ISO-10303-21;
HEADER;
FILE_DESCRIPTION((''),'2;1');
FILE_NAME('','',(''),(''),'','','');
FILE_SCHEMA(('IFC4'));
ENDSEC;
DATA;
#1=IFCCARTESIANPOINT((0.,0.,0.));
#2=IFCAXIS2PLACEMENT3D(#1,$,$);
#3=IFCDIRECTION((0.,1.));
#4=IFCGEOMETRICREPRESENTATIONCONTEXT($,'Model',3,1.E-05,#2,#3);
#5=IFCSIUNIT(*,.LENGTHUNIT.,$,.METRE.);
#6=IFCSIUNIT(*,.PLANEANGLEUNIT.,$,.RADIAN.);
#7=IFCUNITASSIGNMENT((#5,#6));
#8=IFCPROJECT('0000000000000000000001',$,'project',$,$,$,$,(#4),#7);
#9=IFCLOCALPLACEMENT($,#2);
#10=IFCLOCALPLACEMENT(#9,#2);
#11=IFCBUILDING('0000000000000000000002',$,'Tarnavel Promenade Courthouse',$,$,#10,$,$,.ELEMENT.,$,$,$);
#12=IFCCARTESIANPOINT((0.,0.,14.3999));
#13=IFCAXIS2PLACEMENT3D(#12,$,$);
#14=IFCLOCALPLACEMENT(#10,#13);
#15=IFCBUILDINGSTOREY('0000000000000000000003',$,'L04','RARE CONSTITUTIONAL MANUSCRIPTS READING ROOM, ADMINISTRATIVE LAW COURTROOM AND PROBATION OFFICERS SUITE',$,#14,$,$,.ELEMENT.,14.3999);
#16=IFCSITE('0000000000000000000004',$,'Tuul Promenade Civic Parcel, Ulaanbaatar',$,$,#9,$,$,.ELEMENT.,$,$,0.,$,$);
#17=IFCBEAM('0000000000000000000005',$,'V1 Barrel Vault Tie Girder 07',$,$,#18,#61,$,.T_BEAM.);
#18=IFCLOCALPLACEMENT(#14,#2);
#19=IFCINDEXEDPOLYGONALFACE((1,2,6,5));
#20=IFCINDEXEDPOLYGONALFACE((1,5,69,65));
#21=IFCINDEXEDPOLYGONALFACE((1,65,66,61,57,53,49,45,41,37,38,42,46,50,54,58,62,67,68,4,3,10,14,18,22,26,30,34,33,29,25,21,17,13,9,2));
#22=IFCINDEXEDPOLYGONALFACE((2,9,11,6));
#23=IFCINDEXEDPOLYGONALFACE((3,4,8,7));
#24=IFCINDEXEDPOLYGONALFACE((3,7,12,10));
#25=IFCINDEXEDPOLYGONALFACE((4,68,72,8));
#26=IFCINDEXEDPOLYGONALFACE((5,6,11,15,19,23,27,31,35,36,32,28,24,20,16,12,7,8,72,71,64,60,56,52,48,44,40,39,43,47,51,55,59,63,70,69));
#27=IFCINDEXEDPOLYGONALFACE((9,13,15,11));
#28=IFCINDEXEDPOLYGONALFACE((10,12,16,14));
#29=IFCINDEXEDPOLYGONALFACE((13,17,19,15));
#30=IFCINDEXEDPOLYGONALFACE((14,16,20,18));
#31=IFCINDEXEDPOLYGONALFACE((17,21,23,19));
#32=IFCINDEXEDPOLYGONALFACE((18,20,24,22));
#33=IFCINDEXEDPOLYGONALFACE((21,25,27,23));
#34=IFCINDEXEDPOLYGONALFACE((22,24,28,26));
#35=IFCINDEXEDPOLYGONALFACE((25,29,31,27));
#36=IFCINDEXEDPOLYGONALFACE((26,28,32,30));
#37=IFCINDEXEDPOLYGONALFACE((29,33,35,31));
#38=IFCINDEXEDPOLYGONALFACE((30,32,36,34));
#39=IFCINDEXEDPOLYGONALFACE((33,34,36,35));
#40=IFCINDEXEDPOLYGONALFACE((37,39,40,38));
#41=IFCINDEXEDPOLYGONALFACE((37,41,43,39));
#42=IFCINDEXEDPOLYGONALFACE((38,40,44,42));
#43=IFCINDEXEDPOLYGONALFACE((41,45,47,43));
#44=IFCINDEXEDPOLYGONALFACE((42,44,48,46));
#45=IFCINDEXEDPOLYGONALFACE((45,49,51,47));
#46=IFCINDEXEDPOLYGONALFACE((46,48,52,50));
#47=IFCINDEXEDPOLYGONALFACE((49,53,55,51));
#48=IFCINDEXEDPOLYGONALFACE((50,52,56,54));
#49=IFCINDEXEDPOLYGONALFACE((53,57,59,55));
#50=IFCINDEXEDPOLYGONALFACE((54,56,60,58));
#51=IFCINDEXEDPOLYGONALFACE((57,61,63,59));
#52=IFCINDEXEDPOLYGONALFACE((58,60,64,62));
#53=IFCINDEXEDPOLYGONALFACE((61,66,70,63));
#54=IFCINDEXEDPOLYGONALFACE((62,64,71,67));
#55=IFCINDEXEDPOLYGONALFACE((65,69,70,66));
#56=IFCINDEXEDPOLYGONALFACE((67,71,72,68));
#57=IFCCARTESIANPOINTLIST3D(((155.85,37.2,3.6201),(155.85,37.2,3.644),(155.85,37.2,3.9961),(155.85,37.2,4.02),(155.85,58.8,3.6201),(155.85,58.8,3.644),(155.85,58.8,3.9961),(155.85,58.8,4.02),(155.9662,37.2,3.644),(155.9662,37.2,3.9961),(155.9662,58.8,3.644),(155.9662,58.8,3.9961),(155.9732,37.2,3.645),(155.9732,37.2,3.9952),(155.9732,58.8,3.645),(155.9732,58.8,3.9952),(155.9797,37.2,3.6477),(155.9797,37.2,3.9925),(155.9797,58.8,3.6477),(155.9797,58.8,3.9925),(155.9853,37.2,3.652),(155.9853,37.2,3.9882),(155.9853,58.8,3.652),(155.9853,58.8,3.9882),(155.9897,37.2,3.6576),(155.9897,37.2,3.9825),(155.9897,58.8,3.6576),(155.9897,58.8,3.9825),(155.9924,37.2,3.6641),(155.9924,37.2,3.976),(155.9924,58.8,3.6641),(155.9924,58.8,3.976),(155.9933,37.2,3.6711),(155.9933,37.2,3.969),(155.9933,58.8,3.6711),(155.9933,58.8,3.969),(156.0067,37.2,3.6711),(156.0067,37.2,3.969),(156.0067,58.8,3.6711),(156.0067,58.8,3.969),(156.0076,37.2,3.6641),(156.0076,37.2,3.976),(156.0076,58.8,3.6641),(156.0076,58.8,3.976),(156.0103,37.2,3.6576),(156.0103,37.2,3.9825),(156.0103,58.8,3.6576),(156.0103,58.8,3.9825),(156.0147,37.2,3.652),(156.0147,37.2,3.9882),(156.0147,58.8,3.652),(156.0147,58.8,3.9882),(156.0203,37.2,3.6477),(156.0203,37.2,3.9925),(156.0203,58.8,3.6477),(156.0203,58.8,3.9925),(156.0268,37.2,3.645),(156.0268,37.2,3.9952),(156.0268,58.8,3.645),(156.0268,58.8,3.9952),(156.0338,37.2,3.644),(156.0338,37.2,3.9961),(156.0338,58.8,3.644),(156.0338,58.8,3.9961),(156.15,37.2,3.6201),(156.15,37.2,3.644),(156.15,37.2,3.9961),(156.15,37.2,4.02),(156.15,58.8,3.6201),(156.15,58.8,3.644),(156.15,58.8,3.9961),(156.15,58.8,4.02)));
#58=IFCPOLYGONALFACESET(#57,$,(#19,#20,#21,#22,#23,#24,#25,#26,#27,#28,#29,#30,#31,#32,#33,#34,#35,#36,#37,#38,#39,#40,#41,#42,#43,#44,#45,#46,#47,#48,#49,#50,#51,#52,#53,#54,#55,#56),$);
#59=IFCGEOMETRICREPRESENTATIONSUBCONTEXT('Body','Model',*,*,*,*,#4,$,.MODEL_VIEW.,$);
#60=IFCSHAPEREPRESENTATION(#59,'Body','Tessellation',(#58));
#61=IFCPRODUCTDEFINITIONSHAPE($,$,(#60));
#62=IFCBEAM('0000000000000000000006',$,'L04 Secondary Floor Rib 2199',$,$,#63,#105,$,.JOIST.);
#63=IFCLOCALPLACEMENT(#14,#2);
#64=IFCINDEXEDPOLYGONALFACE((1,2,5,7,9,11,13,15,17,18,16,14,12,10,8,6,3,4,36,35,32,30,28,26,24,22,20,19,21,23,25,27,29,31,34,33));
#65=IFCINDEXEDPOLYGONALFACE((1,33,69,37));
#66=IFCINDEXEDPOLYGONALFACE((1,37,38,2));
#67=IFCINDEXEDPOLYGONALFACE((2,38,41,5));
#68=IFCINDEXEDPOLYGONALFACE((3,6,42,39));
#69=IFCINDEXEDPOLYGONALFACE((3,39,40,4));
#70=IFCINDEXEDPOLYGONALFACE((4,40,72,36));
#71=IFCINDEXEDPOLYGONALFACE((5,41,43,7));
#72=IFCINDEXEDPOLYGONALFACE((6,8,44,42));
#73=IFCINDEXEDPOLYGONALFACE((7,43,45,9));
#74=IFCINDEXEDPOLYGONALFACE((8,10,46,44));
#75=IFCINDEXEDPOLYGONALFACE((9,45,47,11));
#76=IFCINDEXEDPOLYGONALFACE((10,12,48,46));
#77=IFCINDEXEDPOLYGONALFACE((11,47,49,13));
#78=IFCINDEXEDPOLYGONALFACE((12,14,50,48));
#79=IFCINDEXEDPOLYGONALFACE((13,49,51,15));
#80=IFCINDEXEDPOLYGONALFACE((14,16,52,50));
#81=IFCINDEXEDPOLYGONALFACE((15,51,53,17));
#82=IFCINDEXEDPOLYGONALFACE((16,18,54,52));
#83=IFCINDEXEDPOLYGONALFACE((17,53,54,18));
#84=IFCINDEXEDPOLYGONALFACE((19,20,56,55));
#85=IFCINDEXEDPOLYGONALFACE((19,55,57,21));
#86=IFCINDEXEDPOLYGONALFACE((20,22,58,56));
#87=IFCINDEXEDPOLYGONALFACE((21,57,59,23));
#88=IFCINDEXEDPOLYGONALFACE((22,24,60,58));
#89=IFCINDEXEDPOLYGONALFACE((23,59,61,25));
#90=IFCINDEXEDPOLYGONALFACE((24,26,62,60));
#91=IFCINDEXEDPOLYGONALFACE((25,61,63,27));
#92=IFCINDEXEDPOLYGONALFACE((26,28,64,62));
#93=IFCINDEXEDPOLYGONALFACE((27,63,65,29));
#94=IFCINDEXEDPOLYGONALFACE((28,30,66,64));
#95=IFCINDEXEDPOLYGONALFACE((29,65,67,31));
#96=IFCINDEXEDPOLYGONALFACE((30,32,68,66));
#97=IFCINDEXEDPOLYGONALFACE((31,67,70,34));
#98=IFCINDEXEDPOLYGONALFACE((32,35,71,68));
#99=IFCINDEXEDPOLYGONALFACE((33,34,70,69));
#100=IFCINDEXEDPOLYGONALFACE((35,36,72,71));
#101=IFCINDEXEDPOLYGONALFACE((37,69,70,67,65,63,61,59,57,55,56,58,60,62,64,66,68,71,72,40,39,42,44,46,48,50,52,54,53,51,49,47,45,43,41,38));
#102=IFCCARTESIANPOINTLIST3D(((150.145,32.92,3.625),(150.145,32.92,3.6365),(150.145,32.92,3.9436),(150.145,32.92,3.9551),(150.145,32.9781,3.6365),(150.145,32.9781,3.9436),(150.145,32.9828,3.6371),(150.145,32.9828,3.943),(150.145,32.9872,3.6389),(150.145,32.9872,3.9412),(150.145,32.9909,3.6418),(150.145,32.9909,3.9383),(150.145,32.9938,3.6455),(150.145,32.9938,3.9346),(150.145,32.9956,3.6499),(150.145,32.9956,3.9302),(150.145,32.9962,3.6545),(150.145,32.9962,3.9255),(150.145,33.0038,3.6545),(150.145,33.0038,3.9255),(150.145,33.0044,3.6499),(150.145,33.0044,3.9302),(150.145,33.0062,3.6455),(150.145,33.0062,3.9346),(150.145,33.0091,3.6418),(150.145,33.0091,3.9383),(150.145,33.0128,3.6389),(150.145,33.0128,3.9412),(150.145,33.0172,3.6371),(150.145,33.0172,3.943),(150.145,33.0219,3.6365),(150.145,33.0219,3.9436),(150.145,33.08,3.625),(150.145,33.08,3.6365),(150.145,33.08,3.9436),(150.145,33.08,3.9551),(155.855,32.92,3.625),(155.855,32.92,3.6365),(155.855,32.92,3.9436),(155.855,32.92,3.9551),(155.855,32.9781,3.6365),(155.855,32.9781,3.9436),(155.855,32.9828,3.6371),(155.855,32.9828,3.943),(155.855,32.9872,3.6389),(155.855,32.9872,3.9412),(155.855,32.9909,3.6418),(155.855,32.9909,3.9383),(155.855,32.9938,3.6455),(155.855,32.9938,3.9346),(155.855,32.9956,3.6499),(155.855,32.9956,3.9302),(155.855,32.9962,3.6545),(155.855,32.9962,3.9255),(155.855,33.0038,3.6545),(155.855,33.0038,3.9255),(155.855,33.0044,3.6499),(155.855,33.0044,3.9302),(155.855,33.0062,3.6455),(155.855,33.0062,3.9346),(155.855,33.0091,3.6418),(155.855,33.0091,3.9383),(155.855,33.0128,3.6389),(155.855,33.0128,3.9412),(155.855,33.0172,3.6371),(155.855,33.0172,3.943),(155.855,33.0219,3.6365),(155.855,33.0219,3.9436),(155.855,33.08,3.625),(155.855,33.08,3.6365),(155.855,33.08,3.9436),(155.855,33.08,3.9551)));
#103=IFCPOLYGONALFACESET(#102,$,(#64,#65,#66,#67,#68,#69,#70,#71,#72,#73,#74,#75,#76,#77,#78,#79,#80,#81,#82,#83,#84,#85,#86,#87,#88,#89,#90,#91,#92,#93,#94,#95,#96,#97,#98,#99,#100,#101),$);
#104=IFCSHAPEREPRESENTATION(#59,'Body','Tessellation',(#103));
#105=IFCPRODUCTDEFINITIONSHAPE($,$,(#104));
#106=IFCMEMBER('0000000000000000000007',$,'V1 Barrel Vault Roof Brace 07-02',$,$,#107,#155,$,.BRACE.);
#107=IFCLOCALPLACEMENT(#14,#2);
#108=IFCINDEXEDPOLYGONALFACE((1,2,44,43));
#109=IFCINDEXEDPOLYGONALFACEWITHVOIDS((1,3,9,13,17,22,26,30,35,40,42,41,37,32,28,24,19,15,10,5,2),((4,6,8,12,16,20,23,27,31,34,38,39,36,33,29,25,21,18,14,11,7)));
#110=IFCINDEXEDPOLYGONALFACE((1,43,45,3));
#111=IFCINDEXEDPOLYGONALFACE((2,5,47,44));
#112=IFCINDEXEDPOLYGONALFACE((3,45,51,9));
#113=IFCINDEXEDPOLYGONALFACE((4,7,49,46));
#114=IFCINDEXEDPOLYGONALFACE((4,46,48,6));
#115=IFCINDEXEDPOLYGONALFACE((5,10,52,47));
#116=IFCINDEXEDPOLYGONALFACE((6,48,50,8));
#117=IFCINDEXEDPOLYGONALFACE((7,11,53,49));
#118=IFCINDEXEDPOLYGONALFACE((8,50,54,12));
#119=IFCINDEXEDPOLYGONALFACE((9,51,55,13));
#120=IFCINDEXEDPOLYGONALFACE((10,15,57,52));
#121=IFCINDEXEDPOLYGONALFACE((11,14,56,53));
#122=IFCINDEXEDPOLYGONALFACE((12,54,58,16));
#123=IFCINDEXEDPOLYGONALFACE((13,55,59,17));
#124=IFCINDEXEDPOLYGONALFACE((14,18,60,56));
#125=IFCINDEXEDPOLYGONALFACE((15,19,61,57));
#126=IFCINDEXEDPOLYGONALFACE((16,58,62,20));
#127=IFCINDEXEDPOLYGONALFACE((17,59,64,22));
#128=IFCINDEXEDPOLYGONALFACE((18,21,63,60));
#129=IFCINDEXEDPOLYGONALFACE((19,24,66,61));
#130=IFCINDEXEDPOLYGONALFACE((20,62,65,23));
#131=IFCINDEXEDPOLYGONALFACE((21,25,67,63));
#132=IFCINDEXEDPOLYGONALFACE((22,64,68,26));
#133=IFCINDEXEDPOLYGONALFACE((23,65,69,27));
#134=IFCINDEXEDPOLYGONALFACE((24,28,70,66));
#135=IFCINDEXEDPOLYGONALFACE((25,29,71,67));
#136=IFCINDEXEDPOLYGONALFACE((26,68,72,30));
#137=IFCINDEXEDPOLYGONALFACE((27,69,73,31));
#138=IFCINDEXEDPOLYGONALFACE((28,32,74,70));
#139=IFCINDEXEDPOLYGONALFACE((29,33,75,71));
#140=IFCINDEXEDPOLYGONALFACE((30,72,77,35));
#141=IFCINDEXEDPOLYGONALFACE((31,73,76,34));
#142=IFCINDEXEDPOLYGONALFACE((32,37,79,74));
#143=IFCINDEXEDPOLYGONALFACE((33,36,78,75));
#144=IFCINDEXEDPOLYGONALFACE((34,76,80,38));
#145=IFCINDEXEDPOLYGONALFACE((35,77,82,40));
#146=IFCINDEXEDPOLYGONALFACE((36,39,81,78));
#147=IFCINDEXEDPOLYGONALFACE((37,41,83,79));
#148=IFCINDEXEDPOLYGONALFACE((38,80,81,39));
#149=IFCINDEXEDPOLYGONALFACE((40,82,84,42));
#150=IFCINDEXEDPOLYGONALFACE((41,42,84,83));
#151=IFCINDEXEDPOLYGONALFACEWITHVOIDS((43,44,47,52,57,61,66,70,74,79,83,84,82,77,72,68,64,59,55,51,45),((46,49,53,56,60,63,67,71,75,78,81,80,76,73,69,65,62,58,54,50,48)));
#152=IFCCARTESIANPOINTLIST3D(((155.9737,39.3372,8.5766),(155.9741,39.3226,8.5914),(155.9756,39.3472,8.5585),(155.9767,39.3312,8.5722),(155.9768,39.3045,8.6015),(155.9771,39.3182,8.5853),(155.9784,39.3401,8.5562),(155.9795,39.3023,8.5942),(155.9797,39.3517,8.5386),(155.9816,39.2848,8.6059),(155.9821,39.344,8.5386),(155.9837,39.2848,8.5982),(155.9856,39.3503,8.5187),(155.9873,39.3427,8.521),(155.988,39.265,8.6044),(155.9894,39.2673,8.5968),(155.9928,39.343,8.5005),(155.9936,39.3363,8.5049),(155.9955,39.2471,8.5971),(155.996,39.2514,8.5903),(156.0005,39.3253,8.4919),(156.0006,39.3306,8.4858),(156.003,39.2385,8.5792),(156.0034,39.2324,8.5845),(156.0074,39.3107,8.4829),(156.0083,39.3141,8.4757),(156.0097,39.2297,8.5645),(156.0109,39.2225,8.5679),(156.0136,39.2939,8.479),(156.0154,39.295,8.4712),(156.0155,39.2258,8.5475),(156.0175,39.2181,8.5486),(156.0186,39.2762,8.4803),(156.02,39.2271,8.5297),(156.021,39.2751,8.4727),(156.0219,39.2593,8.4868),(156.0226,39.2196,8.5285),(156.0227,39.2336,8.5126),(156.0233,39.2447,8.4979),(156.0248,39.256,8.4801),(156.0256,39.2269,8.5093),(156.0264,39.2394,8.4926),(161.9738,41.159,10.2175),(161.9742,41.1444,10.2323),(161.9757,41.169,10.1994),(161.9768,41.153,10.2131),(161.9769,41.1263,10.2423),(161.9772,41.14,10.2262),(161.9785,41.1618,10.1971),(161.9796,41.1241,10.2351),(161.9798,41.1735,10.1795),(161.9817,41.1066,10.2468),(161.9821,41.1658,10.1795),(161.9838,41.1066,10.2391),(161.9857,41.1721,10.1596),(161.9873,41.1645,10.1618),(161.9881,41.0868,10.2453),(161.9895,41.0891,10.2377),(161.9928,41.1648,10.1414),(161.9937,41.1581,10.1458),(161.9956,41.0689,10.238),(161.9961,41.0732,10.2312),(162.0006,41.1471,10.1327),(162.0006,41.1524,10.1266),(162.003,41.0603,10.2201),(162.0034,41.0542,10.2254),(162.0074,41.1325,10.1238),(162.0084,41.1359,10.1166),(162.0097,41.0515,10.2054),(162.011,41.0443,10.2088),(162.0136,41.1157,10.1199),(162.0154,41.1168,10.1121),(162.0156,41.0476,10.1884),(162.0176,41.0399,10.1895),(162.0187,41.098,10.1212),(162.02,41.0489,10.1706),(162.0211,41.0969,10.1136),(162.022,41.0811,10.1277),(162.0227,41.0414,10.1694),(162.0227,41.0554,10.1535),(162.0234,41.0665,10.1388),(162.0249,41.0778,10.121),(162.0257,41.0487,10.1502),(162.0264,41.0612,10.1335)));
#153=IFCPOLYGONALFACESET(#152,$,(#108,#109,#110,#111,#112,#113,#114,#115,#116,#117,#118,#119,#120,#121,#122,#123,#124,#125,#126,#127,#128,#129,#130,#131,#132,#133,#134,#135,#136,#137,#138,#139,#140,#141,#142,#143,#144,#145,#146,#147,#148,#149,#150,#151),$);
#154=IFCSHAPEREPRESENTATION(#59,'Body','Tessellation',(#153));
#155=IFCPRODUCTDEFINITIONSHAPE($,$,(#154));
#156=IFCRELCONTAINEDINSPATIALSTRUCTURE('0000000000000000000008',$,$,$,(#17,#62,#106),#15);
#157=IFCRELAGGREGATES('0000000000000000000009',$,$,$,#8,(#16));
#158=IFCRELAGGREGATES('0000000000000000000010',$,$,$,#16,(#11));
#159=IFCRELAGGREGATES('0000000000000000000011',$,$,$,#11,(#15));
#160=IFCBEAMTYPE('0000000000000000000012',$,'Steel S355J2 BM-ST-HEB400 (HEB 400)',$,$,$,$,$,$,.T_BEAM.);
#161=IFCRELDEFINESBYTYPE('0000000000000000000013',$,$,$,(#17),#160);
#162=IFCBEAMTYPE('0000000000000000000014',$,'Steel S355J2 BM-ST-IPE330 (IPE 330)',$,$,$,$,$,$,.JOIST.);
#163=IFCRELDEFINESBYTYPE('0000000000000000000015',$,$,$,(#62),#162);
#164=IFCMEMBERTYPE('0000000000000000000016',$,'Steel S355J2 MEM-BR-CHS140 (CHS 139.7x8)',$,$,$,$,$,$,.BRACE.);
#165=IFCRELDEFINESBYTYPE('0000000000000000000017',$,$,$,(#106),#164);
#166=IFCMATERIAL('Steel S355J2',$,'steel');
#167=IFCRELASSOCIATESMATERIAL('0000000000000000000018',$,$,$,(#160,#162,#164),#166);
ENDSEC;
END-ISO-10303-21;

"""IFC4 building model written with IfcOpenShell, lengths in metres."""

from ifc_helpers import new_model, si_unit, direction, frame, origin, origin_2d, place, context, subcontext, project, spatial, hollow_circle, i_section, extrude, material, material_profile, profile_set, type_object, element, save


model = new_model("IFC4")

# Units and contexts
model_context = context("Model", 3, precision=1e-05, world=origin(), true_north=direction((0.0, 1.0)))
body_context = subcontext(model_context, "Body", "Model", "MODEL_VIEW")
ifc_project = project(units=[si_unit("LENGTHUNIT", "METRE"), si_unit("PLANEANGLEUNIT", "RADIAN")], contexts=[model_context])

# Site, building, storey
site_placement = place(None, origin())
site = spatial("IfcSite", under=ifc_project, at=site_placement, Name="Tuul Promenade Civic Parcel, Ulaanbaatar", CompositionType="ELEMENT", RefElevation=0.0)
building_placement = place(site_placement, origin())
building = spatial("IfcBuilding", under=site, at=building_placement, Name="Tarnavel Promenade Courthouse", CompositionType="ELEMENT")
storey_placement = place(building_placement, frame((0.0, 0.0, 14.3999)))
storey = spatial("IfcBuildingStorey", under=building, at=storey_placement, Name="L04", Description="RARE CONSTITUTIONAL MANUSCRIPTS READING ROOM, ADMINISTRATIVE LAW COURTROOM AND PROBATION OFFICERS SUITE", CompositionType="ELEMENT", Elevation=14.3999)

# Beams
ifc_material_1 = material(Name="Steel S355J2", Category="steel")
ifc_material_profile_1 = material_profile(ifc_material_1, i_section(OverallWidth=0.3, OverallDepth=0.3999, WebThickness=0.0134, FlangeThickness=0.0239, FilletRadius=0.0271, at=origin_2d()), Name="HEB 400")
ifc_profile_set_1 = profile_set([ifc_material_profile_1], Name="Steel S355J2")
beam_type_1 = type_object("IfcBeamType", Name="Steel S355J2 BM-ST-HEB400 (HEB 400)", PredefinedType="T_BEAM", material=ifc_profile_set_1)
beam_1_placement = place(storey_placement, frame((156.0, 37.2, 3.8201), z_axis=(0.0, 1.0, 0.0), x_axis=(-1.0, 0.0, 0.0)))
element("IfcBeam", 1, at=beam_1_placement, inside=storey, type_object=beam_type_1, Name="V1 Barrel Vault Tie Girder 07", PredefinedType="T_BEAM", context=body_context, shape_type="SweptSolid", body=[
    extrude(i_section(OverallWidth=0.3, OverallDepth=0.3999, WebThickness=0.0134, FlangeThickness=0.0239, FilletRadius=0.0271, at=origin_2d()), origin(), (0.0, 0.0, 1.0), 21.6001),
])
ifc_material_profile_2 = material_profile(ifc_material_1, i_section(OverallWidth=0.1599, OverallDepth=0.3301, WebThickness=0.0076, FlangeThickness=0.0115, FilletRadius=0.0181, at=origin_2d()), Name="IPE 330")
ifc_profile_set_2 = profile_set([ifc_material_profile_2], Name="Steel S355J2")
beam_type_2 = type_object("IfcBeamType", Name="Steel S355J2 BM-ST-IPE330 (IPE 330)", PredefinedType="JOIST", material=ifc_profile_set_2)
beam_2_placement = place(storey_placement, frame((150.145, 33.0, 3.79), z_axis=(1.0, 0.0, 0.0), x_axis=(0.0, 1.0, 0.0)))
element("IfcBeam", 2, at=beam_2_placement, inside=storey, type_object=beam_type_2, Name="L04 Secondary Floor Rib 2199", PredefinedType="JOIST", context=body_context, shape_type="SweptSolid", body=[
    extrude(i_section(OverallWidth=0.1599, OverallDepth=0.3301, WebThickness=0.0076, FlangeThickness=0.0115, FilletRadius=0.0181, at=origin_2d()), origin(), (0.0, 0.0, 1.0), 5.71),
])

# Member
ifc_material_profile_3 = material_profile(ifc_material_1, hollow_circle(Radius=0.0698, WallThickness=0.0081, at=origin_2d()), Name="CHS 139.7x8")
ifc_profile_set_3 = profile_set([ifc_material_profile_3], Name="Steel S355J2")
member_type_1 = type_object("IfcMemberType", Name="Steel S355J2 MEM-BR-CHS140 (CHS 139.7x8)", PredefinedType="BRACE", material=ifc_profile_set_3)
member_1_placement = place(storey_placement, frame((156.0, 39.2849, 8.5386), z_axis=(0.925695, 0.281068, 0.253157), x_axis=(-0.290533, 0.956865, 0.0)))
element("IfcMember", 3, at=member_1_placement, inside=storey, type_object=member_type_1, Name="V1 Barrel Vault Roof Brace 07-02", PredefinedType="BRACE", context=body_context, shape_type="SweptSolid", body=[
    extrude(hollow_circle(Radius=0.0698, WallThickness=0.0081, at=origin_2d()), origin(), (0.0, 0.0, 1.0), 6.4817),
])

save(model, "model.ifc")
